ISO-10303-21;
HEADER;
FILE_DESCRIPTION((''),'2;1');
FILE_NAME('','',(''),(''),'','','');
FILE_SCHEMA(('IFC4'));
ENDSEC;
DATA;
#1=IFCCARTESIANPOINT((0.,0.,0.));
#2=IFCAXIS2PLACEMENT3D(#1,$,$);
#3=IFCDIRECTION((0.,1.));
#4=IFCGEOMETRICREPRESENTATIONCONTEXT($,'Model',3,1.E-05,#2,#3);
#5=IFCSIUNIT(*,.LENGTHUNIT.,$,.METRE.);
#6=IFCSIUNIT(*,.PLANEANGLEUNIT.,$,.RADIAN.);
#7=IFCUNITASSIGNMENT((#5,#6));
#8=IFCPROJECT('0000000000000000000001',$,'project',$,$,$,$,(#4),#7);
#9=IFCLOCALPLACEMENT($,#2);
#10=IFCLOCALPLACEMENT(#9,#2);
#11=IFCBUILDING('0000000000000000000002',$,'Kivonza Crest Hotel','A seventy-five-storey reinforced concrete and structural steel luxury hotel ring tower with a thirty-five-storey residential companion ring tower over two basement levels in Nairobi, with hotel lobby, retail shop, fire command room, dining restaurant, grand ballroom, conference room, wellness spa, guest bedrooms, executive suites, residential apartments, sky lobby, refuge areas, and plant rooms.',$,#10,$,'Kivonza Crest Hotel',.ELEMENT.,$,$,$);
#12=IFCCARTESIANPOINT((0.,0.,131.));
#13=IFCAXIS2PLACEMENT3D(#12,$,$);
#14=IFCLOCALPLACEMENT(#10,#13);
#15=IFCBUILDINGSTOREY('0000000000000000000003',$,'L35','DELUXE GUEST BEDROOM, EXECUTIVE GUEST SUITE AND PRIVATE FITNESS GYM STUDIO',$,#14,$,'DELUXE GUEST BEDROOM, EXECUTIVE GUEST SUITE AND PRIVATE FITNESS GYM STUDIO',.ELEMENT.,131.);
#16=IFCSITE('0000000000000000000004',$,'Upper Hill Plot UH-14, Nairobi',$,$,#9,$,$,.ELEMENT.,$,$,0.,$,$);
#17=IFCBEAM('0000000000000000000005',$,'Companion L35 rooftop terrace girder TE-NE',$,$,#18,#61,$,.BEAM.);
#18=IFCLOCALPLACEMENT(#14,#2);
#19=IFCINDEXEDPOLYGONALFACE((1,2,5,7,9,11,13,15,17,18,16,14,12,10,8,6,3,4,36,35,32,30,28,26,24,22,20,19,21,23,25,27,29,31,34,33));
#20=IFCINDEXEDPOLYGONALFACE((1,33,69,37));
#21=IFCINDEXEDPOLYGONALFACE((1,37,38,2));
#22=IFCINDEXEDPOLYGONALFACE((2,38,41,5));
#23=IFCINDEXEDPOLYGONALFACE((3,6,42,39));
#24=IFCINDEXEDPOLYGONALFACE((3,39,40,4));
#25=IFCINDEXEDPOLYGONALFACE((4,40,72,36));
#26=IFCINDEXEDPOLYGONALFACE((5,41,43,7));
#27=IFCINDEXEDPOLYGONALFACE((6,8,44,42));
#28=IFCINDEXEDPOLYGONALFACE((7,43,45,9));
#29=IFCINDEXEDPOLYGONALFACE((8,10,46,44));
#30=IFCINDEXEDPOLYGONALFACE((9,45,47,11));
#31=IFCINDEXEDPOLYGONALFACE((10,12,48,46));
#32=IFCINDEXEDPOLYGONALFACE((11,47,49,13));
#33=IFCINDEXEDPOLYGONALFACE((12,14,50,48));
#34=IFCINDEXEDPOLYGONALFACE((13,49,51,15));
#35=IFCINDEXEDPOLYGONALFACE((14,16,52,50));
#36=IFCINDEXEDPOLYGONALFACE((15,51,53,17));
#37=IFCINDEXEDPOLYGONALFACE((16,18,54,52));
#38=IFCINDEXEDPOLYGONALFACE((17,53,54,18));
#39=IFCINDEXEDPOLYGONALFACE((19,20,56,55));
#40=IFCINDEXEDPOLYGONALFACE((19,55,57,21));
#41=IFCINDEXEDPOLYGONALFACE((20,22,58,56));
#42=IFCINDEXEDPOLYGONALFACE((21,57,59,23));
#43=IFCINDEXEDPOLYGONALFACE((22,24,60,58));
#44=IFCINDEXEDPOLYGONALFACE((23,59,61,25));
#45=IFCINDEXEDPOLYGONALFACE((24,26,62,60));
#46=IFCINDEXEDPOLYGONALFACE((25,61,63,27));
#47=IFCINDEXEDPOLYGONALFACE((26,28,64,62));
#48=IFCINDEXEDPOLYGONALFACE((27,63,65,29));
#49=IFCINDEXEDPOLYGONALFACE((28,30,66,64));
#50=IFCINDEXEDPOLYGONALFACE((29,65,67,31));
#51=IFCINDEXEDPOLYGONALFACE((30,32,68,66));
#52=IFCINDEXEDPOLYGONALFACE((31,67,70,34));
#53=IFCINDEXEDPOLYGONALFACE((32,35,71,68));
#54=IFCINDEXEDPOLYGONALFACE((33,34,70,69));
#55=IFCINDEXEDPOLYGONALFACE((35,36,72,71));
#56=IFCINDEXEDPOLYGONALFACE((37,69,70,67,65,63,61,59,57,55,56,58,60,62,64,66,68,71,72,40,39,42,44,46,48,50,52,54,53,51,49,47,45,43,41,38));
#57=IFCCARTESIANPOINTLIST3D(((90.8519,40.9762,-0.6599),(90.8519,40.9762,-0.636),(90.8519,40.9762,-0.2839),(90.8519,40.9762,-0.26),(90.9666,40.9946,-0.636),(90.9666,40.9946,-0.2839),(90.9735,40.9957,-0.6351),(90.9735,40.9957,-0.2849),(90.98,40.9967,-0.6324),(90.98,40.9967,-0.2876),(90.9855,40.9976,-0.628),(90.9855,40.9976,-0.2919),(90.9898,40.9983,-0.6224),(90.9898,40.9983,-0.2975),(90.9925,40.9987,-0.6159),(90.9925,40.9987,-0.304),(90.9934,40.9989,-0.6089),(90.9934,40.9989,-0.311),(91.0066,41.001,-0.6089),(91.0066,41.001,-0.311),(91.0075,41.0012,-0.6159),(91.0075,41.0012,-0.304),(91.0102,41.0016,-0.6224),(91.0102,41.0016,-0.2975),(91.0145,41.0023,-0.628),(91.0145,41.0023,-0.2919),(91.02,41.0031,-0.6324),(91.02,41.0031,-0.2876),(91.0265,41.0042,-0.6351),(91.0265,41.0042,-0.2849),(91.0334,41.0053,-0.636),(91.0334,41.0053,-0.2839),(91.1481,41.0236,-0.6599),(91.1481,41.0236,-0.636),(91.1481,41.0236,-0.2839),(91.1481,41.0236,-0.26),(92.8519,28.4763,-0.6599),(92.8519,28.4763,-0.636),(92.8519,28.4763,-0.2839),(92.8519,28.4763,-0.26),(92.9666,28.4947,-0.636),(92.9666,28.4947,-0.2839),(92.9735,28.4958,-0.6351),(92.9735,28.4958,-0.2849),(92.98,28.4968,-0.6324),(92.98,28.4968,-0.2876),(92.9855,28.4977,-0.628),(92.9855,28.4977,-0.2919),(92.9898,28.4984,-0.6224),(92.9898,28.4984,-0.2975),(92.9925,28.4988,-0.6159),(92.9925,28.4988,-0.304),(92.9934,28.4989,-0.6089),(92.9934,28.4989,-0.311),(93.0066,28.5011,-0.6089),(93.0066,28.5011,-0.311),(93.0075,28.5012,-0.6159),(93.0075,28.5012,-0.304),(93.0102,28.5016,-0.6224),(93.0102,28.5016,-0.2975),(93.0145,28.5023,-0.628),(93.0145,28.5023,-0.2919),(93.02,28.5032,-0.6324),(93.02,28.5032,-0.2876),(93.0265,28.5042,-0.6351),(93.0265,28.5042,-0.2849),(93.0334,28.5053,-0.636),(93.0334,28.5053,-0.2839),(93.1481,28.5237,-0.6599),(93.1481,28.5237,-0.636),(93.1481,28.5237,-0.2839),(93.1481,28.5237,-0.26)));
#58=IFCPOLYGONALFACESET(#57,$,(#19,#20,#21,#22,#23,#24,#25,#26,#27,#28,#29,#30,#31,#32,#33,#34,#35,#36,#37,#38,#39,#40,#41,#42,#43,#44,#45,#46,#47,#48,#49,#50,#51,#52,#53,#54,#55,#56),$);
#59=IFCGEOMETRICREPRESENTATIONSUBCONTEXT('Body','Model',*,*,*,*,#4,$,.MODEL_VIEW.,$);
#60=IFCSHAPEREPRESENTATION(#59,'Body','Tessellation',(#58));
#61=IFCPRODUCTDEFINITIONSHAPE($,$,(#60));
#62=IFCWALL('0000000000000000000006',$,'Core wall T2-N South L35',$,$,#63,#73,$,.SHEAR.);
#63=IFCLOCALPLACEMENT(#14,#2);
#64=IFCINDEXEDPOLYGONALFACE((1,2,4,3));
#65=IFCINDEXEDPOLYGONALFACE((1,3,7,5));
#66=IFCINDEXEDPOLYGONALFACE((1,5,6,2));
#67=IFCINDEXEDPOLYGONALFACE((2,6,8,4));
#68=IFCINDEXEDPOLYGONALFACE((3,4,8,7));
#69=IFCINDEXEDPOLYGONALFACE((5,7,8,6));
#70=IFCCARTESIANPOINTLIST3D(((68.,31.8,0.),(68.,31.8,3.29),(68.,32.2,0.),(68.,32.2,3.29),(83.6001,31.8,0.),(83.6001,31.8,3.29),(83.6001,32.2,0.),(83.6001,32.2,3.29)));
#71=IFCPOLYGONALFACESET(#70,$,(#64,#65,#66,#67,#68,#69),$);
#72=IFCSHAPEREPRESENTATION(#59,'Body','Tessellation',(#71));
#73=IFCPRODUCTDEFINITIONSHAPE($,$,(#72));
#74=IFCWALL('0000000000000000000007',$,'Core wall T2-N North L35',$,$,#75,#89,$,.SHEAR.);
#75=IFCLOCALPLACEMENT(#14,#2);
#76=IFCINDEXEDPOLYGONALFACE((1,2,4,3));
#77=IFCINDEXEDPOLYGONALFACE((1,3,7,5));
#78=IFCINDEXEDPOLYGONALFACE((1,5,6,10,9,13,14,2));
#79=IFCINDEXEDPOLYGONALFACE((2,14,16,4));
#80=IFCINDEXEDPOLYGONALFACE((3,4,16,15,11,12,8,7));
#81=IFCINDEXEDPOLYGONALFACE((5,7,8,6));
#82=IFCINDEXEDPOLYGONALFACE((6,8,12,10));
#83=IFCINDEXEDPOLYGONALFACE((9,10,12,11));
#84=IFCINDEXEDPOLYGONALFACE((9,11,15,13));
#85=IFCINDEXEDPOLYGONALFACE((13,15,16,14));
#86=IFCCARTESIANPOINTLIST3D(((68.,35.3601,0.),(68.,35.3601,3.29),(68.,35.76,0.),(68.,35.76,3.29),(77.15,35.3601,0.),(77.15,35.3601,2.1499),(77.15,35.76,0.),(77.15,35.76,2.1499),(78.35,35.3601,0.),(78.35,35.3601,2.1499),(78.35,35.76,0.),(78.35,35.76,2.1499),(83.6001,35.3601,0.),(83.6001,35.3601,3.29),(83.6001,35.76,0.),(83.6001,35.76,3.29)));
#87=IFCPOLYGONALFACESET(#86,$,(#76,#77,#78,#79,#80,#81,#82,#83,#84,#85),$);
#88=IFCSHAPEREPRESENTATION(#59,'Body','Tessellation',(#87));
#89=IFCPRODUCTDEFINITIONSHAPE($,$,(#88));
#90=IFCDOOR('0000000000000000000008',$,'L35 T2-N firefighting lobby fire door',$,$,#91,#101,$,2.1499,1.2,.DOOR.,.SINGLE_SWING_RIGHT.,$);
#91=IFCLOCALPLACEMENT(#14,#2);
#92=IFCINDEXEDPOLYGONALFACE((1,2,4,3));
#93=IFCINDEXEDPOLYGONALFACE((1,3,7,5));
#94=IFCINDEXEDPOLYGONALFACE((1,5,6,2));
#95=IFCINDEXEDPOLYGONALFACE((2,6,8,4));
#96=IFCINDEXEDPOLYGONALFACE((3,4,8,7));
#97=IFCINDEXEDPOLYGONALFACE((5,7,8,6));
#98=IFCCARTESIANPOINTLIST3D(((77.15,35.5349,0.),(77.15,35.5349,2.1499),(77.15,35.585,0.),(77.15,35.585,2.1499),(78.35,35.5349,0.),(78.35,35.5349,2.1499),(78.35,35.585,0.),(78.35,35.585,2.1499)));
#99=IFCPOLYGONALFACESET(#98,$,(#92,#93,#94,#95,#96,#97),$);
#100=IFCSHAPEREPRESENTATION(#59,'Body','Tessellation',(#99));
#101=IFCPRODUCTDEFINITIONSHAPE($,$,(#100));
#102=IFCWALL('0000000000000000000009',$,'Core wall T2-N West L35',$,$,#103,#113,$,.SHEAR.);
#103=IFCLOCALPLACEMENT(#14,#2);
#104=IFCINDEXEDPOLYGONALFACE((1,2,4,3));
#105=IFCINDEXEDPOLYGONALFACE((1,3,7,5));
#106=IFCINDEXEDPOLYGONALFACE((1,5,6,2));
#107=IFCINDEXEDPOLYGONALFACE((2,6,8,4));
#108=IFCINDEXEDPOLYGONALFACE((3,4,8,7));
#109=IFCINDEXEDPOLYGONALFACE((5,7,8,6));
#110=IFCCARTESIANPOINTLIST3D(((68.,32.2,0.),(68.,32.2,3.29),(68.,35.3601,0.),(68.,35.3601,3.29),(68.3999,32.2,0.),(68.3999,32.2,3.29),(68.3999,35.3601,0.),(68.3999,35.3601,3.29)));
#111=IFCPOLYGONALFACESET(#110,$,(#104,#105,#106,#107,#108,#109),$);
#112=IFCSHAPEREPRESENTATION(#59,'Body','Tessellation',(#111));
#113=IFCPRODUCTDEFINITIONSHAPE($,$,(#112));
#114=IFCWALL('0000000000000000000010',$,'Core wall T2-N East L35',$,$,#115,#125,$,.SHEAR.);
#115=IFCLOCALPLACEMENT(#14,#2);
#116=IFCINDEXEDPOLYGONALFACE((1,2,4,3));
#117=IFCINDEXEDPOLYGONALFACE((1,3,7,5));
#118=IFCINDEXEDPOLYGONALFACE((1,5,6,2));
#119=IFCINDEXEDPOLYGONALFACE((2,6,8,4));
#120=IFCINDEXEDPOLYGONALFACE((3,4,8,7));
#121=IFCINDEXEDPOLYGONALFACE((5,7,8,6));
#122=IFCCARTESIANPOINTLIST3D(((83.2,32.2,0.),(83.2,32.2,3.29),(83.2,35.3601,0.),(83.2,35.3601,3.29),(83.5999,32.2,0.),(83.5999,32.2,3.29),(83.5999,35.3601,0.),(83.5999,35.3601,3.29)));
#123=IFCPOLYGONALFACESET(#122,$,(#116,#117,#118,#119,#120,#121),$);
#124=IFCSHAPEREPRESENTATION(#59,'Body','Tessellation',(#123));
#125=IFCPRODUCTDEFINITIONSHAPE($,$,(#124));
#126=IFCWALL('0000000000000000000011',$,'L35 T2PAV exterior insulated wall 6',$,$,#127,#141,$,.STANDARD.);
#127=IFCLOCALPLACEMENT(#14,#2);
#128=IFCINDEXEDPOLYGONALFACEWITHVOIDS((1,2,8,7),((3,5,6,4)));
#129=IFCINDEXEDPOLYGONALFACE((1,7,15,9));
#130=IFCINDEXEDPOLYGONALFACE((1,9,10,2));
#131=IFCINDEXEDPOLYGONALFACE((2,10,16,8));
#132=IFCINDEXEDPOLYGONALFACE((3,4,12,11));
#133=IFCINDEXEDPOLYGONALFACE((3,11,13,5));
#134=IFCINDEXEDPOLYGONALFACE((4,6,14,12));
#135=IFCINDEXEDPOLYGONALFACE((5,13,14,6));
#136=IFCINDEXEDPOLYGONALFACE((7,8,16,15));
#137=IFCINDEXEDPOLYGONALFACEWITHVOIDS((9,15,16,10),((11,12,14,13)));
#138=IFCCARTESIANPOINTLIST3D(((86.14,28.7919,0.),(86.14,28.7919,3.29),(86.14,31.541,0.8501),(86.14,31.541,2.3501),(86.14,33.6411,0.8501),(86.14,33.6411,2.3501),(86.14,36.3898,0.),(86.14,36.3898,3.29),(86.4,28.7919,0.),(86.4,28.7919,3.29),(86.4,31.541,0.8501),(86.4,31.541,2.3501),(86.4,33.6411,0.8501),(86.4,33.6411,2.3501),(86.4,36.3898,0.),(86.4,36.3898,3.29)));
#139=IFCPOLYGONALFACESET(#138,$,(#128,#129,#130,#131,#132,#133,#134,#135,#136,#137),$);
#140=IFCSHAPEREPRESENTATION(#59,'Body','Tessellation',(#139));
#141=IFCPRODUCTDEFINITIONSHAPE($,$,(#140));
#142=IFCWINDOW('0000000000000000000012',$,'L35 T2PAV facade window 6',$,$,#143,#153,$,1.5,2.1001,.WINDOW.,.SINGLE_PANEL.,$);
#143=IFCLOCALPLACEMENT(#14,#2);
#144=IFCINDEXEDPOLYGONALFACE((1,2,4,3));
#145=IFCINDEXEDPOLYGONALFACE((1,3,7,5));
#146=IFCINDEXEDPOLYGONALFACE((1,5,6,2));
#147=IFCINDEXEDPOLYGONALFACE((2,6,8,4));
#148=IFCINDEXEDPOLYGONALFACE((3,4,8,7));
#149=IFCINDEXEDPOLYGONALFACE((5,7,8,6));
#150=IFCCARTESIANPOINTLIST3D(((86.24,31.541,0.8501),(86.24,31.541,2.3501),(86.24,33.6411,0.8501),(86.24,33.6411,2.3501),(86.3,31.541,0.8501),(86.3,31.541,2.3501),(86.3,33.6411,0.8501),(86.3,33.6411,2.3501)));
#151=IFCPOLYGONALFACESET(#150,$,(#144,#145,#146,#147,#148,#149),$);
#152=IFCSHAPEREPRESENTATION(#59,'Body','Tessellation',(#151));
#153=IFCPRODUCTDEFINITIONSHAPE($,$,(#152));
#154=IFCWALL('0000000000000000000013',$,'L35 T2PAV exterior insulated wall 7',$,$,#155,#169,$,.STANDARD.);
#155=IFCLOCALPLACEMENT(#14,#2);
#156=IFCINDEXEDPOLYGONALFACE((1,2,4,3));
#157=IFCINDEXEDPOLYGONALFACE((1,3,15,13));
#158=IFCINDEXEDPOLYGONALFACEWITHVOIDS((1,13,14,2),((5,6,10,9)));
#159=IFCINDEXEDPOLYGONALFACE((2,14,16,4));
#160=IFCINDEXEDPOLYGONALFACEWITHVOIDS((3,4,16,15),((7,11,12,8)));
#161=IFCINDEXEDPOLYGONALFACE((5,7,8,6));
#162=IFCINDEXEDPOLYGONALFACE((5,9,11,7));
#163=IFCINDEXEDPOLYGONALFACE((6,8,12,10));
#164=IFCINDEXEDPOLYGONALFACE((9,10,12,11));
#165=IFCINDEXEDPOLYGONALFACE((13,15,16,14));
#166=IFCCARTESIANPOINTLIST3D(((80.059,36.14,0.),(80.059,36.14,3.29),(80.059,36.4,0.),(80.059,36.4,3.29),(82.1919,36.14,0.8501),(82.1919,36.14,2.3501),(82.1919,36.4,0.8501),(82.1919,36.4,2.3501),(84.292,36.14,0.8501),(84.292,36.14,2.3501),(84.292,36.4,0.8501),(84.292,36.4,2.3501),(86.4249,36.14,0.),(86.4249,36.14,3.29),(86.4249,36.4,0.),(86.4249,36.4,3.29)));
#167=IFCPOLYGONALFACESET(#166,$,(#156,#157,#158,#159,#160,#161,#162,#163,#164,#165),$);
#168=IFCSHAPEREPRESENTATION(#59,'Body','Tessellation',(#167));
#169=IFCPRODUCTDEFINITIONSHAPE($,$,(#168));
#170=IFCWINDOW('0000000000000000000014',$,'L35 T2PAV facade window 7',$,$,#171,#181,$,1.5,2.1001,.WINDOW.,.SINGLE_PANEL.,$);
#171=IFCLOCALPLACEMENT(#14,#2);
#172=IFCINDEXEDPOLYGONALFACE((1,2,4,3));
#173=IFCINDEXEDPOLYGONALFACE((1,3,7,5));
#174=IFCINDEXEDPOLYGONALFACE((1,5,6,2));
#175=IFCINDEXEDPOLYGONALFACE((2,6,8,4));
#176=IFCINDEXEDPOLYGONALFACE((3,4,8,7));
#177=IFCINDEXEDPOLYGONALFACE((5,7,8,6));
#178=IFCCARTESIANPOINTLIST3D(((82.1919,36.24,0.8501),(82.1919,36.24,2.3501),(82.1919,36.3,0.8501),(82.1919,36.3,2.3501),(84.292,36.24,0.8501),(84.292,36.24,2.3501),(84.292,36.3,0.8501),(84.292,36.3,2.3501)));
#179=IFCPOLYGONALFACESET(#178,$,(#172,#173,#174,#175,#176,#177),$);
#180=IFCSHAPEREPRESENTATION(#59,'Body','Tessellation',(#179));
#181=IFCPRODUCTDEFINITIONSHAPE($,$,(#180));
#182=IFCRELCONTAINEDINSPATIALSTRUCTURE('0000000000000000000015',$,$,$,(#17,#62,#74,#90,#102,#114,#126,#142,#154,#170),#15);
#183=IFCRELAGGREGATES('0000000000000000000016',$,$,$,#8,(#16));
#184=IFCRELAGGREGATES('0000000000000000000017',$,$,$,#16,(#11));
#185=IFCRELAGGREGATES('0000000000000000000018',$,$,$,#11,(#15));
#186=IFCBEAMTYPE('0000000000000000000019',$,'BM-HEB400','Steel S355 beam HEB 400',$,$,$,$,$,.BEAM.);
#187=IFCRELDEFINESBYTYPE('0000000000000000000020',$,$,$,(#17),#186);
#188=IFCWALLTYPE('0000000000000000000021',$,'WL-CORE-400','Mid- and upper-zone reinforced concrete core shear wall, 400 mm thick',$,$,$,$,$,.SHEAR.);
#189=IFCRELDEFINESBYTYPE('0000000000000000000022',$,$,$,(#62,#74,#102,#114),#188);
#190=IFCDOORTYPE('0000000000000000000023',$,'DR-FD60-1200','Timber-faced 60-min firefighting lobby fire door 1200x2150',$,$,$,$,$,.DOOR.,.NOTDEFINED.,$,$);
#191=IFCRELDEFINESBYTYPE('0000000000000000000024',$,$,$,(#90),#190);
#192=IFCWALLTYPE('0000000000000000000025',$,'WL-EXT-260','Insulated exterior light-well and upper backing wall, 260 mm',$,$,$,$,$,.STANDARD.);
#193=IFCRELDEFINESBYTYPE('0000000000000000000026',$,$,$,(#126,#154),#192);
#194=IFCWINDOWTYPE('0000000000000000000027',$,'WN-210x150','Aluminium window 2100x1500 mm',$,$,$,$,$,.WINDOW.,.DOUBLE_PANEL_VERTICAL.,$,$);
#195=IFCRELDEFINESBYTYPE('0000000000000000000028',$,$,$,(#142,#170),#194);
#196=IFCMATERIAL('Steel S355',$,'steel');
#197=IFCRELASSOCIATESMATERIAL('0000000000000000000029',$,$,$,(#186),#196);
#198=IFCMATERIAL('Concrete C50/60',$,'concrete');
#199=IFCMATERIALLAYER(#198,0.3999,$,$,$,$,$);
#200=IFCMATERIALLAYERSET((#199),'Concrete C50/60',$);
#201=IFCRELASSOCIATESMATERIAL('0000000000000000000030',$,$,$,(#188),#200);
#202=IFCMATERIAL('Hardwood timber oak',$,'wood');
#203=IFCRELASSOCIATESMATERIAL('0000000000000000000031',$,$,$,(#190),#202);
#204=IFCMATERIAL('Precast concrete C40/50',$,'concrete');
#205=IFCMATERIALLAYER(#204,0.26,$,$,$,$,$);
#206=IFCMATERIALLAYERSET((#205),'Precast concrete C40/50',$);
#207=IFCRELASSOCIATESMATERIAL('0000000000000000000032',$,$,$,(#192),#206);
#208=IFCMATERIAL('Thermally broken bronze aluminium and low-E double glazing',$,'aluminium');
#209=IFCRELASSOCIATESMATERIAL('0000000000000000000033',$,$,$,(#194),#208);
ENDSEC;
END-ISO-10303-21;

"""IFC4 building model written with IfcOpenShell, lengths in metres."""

from ifc_helpers import new_model, si_unit, direction, frame, frame_2d, origin, origin_2d, place, context, subcontext, project, spatial, rectangle, i_section, extrude, material, layer, layer_set, material_profile, profile_set, type_object, element, fill, save


model = new_model("IFC4")

# Units and contexts
model_context = context("Model", 3, precision=1e-05, world=origin(), true_north=direction((0.0, 1.0)))
body_context = subcontext(model_context, "Body", "Model", "MODEL_VIEW")
ifc_project = project(units=[si_unit("LENGTHUNIT", "METRE"), si_unit("PLANEANGLEUNIT", "RADIAN")], contexts=[model_context])

# Site, building, storey
site_placement = place(None, origin())
site = spatial("IfcSite", under=ifc_project, at=site_placement, Name="Upper Hill Plot UH-14, Nairobi", CompositionType="ELEMENT", RefElevation=0.0)
building_placement = place(site_placement, origin())
building = spatial("IfcBuilding", under=site, at=building_placement, Name="Kivonza Crest Hotel", Description="A seventy-five-storey reinforced concrete and structural steel luxury hotel ring tower with a thirty-five-storey residential companion ring tower over two basement levels in Nairobi, with hotel lobby, retail shop, fire command room, dining restaurant, grand ballroom, conference room, wellness spa, guest bedrooms, executive suites, residential apartments, sky lobby, refuge areas, and plant rooms.", LongName="Kivonza Crest Hotel", CompositionType="ELEMENT")
storey_placement = place(building_placement, frame((0.0, 0.0, 131.0)))
storey = spatial("IfcBuildingStorey", under=building, at=storey_placement, Name="L35", Description="DELUXE GUEST BEDROOM, EXECUTIVE GUEST SUITE AND PRIVATE FITNESS GYM STUDIO", LongName="DELUXE GUEST BEDROOM, EXECUTIVE GUEST SUITE AND PRIVATE FITNESS GYM STUDIO", CompositionType="ELEMENT", Elevation=131.0)

# Shared definitions
ifc_material_1 = material(Name="Concrete C50/60", Category="concrete")

# Beam
ifc_material_2 = material(Name="Steel S355", Category="steel")
ifc_material_profile_1 = material_profile(ifc_material_2, i_section(OverallWidth=0.3, OverallDepth=0.3999, WebThickness=0.0134, FlangeThickness=0.0239, FilletRadius=0.0271, at=origin_2d()), Name="HEB 400")
ifc_profile_set_1 = profile_set([ifc_material_profile_1], Name="Steel S355")
beam_type = type_object("IfcBeamType", Name="BM-HEB400", Description="Steel S355 beam HEB 400", PredefinedType="BEAM", material=ifc_profile_set_1)
beam_1_placement = place(storey_placement, frame((93.0, 28.5, -0.46), z_axis=(-0.157991, 0.987441, 0.0), x_axis=(-0.987441, -0.157991, 0.0)))
element("IfcBeam", 1, at=beam_1_placement, inside=storey, type_object=beam_type, Name="Companion L35 rooftop terrace girder TE-NE", PredefinedType="BEAM", context=body_context, shape_type="SweptSolid", body=[
    extrude(i_section(OverallWidth=0.3, OverallDepth=0.3999, WebThickness=0.0134, FlangeThickness=0.0239, FilletRadius=0.0271, at=origin_2d()), origin(), (0.0, 0.0, 1.0), 12.6589),
])

# Wall
ifc_layer_1 = layer(ifc_material_1, 0.3999)
ifc_layer_set_1 = layer_set([ifc_layer_1], Name="Concrete C50/60")
wall_type_1 = type_object("IfcWallType", Name="WL-CORE-400", Description="Mid- and upper-zone reinforced concrete core shear wall, 400 mm thick", PredefinedType="SHEAR", material=ifc_layer_set_1)
wall_1_placement = place(storey_placement, frame((68.0, 32.0, 0.0), z_axis=(0.0, 0.0, 1.0), x_axis=(1.0, 0.0, 0.0)))
element("IfcWall", 2, at=wall_1_placement, inside=storey, type_object=wall_type_1, Name="Core wall T2-N South L35", PredefinedType="SHEAR", context=body_context, shape_type="SweptSolid", body=[
    extrude(rectangle(XDim=15.6001, YDim=0.3999, at=frame_2d((7.8, 0.0))), origin(), (0.0, 0.0, 1.0), 3.29),
])

# Wall, opening, door
wall_2_placement = place(storey_placement, frame((68.0, 35.5601, 0.0), z_axis=(0.0, 0.0, 1.0), x_axis=(1.0, 0.0, 0.0)))
wall_2 = element("IfcWall", 3, at=wall_2_placement, inside=storey, type_object=wall_type_1, Name="Core wall T2-N North L35", PredefinedType="SHEAR", context=body_context, shape_type="SweptSolid", body=[
    extrude(rectangle(XDim=15.6001, YDim=0.3999, at=frame_2d((7.8, 0.0))), origin(), (0.0, 0.0, 1.0), 3.29),
])
opening_1_placement = place(wall_2_placement, frame((9.1499, 0.0, 0.0)))
opening_1 = element("IfcOpeningElement", 4, at=opening_1_placement, cuts=wall_2, PredefinedType="OPENING", context=body_context, shape_type="SweptSolid", body=[
    extrude(rectangle(XDim=1.2, YDim=2.1499, at=frame_2d((0.6001, 1.075))), frame((0.0, 0.21, 0.0), z_axis=(0.0, -1.0, 0.0), x_axis=(1.0, 0.0, 0.0)), (0.0, 0.0, 1.0), 0.4199),
])
ifc_material_3 = material(Name="Hardwood timber oak", Category="wood")
door_type_1 = type_object("IfcDoorType", Name="DR-FD60-1200", Description="Timber-faced 60-min firefighting lobby fire door 1200x2150", OperationType="NOTDEFINED", PredefinedType="DOOR", material=ifc_material_3)
door_1_placement = place(opening_1_placement, origin())
door_1 = element("IfcDoor", 5, at=door_1_placement, inside=storey, type_object=door_type_1, Name="L35 T2-N firefighting lobby fire door", OperationType="SINGLE_SWING_RIGHT", OverallHeight=2.1499, OverallWidth=1.2, PredefinedType="DOOR", context=body_context, shape_type="SweptSolid", body=[
    extrude(rectangle(XDim=1.2, YDim=2.1499, at=frame_2d((0.6001, 1.075))), frame((0.0, 0.0249, 0.0), z_axis=(0.0, -1.0, 0.0), x_axis=(1.0, 0.0, 0.0)), (0.0, 0.0, 1.0), 0.05),
])
fill(opening_1, door_1)

# Walls
for number, where, z_axis, x_axis, name in (
    (6, (68.2, 32.2, 0.0), (0.0, 0.0, 1.0), (0.0, 1.0, 0.0), "Core wall T2-N West L35"),
    (7, (83.3999, 32.2, 0.0), (0.0, 0.0, 1.0), (0.0, 1.0, 0.0), "Core wall T2-N East L35"),
):
    element("IfcWall", number, at=place(storey_placement, frame(where, z_axis=z_axis, x_axis=x_axis)), inside=storey, type_object=wall_type_1, Name=name, PredefinedType="SHEAR", context=body_context, shape_type="SweptSolid", body=[
        extrude(rectangle(XDim=3.1602, YDim=0.3999, at=frame_2d((1.5801, 0.0))), origin(), (0.0, 0.0, 1.0), 3.29),
    ])

# Walls, openings, windows
ifc_material_4 = material(Name="Precast concrete C40/50", Category="concrete")
ifc_layer_2 = layer(ifc_material_4, 0.26)
ifc_layer_set_2 = layer_set([ifc_layer_2], Name="Precast concrete C40/50")
wall_type_2 = type_object("IfcWallType", Name="WL-EXT-260", Description="Insulated exterior light-well and upper backing wall, 260 mm", PredefinedType="STANDARD", material=ifc_layer_set_2)
wall_3_placement = place(storey_placement, frame((86.27, 28.792, 0.0), z_axis=(0.0, 0.0, 1.0), x_axis=(0.0, 1.0, 0.0)))
wall_3 = element("IfcWall", 8, at=wall_3_placement, inside=storey, type_object=wall_type_2, Name="L35 T2PAV exterior insulated wall 6", PredefinedType="STANDARD", context=body_context, shape_type="SweptSolid", body=[
    extrude(rectangle(XDim=7.5979, YDim=0.26, at=frame_2d((3.7988, 0.0))), origin(), (0.0, 0.0, 1.0), 3.29),
])
opening_2_placement = place(wall_3_placement, frame((2.749, 0.0, 0.8501)))
opening_2 = element("IfcOpeningElement", 9, at=opening_2_placement, cuts=wall_3, PredefinedType="OPENING", context=body_context, shape_type="SweptSolid", body=[
    extrude(rectangle(XDim=2.1001, YDim=1.5, at=frame_2d((1.05, 0.75))), frame((0.0, 0.1401, 0.0), z_axis=(0.0, -1.0, 0.0), x_axis=(1.0, 0.0, 0.0)), (0.0, 0.0, 1.0), 0.28),
])
ifc_material_5 = material(Name="Thermally broken bronze aluminium and low-E double glazing", Category="aluminium")
window_type_1 = type_object("IfcWindowType", Name="WN-210x150", Description="Aluminium window 2100x1500 mm", PartitioningType="DOUBLE_PANEL_VERTICAL", PredefinedType="WINDOW", material=ifc_material_5)
window_1_placement = place(opening_2_placement, origin())
window_1 = element("IfcWindow", 10, at=window_1_placement, inside=storey, type_object=window_type_1, Name="L35 T2PAV facade window 6", OverallHeight=1.5, OverallWidth=2.1001, PartitioningType="SINGLE_PANEL", PredefinedType="WINDOW", context=body_context, shape_type="SweptSolid", body=[
    extrude(rectangle(XDim=2.1001, YDim=1.5, at=frame_2d((1.05, 0.75))), frame((0.0, 0.03, 0.0), z_axis=(0.0, -1.0, 0.0), x_axis=(1.0, 0.0, 0.0)), (0.0, 0.0, 1.0), 0.0601),
])
fill(opening_2, window_1)
wall_4_placement = place(storey_placement, frame((86.425, 36.27, 0.0), z_axis=(0.0, 0.0, 1.0), x_axis=(-1.0, 0.0, 0.0)))
wall_4 = element("IfcWall", 11, at=wall_4_placement, inside=storey, type_object=wall_type_2, Name="L35 T2PAV exterior insulated wall 7", PredefinedType="STANDARD", context=body_context, shape_type="SweptSolid", body=[
    extrude(rectangle(XDim=6.366, YDim=0.26, at=frame_2d((3.1831, 0.0))), origin(), (0.0, 0.0, 1.0), 3.29),
])
opening_3_placement = place(wall_4_placement, frame((2.1331, 0.0, 0.8501)))
opening_3 = element("IfcOpeningElement", 12, at=opening_3_placement, cuts=wall_4, PredefinedType="OPENING", context=body_context, shape_type="SweptSolid", body=[
    extrude(rectangle(XDim=2.1001, YDim=1.5, at=frame_2d((1.05, 0.75))), frame((0.0, 0.1401, 0.0), z_axis=(0.0, -1.0, 0.0), x_axis=(1.0, 0.0, 0.0)), (0.0, 0.0, 1.0), 0.28),
])
window_2_placement = place(opening_3_placement, origin())
window_2 = element("IfcWindow", 13, at=window_2_placement, inside=storey, type_object=window_type_1, Name="L35 T2PAV facade window 7", OverallHeight=1.5, OverallWidth=2.1001, PartitioningType="SINGLE_PANEL", PredefinedType="WINDOW", context=body_context, shape_type="SweptSolid", body=[
    extrude(rectangle(XDim=2.1001, YDim=1.5, at=frame_2d((1.05, 0.75))), frame((0.0, 0.03, 0.0), z_axis=(0.0, -1.0, 0.0), x_axis=(1.0, 0.0, 0.0)), (0.0, 0.0, 1.0), 0.0601),
])
fill(opening_3, window_2)

save(model, "model.ifc")
